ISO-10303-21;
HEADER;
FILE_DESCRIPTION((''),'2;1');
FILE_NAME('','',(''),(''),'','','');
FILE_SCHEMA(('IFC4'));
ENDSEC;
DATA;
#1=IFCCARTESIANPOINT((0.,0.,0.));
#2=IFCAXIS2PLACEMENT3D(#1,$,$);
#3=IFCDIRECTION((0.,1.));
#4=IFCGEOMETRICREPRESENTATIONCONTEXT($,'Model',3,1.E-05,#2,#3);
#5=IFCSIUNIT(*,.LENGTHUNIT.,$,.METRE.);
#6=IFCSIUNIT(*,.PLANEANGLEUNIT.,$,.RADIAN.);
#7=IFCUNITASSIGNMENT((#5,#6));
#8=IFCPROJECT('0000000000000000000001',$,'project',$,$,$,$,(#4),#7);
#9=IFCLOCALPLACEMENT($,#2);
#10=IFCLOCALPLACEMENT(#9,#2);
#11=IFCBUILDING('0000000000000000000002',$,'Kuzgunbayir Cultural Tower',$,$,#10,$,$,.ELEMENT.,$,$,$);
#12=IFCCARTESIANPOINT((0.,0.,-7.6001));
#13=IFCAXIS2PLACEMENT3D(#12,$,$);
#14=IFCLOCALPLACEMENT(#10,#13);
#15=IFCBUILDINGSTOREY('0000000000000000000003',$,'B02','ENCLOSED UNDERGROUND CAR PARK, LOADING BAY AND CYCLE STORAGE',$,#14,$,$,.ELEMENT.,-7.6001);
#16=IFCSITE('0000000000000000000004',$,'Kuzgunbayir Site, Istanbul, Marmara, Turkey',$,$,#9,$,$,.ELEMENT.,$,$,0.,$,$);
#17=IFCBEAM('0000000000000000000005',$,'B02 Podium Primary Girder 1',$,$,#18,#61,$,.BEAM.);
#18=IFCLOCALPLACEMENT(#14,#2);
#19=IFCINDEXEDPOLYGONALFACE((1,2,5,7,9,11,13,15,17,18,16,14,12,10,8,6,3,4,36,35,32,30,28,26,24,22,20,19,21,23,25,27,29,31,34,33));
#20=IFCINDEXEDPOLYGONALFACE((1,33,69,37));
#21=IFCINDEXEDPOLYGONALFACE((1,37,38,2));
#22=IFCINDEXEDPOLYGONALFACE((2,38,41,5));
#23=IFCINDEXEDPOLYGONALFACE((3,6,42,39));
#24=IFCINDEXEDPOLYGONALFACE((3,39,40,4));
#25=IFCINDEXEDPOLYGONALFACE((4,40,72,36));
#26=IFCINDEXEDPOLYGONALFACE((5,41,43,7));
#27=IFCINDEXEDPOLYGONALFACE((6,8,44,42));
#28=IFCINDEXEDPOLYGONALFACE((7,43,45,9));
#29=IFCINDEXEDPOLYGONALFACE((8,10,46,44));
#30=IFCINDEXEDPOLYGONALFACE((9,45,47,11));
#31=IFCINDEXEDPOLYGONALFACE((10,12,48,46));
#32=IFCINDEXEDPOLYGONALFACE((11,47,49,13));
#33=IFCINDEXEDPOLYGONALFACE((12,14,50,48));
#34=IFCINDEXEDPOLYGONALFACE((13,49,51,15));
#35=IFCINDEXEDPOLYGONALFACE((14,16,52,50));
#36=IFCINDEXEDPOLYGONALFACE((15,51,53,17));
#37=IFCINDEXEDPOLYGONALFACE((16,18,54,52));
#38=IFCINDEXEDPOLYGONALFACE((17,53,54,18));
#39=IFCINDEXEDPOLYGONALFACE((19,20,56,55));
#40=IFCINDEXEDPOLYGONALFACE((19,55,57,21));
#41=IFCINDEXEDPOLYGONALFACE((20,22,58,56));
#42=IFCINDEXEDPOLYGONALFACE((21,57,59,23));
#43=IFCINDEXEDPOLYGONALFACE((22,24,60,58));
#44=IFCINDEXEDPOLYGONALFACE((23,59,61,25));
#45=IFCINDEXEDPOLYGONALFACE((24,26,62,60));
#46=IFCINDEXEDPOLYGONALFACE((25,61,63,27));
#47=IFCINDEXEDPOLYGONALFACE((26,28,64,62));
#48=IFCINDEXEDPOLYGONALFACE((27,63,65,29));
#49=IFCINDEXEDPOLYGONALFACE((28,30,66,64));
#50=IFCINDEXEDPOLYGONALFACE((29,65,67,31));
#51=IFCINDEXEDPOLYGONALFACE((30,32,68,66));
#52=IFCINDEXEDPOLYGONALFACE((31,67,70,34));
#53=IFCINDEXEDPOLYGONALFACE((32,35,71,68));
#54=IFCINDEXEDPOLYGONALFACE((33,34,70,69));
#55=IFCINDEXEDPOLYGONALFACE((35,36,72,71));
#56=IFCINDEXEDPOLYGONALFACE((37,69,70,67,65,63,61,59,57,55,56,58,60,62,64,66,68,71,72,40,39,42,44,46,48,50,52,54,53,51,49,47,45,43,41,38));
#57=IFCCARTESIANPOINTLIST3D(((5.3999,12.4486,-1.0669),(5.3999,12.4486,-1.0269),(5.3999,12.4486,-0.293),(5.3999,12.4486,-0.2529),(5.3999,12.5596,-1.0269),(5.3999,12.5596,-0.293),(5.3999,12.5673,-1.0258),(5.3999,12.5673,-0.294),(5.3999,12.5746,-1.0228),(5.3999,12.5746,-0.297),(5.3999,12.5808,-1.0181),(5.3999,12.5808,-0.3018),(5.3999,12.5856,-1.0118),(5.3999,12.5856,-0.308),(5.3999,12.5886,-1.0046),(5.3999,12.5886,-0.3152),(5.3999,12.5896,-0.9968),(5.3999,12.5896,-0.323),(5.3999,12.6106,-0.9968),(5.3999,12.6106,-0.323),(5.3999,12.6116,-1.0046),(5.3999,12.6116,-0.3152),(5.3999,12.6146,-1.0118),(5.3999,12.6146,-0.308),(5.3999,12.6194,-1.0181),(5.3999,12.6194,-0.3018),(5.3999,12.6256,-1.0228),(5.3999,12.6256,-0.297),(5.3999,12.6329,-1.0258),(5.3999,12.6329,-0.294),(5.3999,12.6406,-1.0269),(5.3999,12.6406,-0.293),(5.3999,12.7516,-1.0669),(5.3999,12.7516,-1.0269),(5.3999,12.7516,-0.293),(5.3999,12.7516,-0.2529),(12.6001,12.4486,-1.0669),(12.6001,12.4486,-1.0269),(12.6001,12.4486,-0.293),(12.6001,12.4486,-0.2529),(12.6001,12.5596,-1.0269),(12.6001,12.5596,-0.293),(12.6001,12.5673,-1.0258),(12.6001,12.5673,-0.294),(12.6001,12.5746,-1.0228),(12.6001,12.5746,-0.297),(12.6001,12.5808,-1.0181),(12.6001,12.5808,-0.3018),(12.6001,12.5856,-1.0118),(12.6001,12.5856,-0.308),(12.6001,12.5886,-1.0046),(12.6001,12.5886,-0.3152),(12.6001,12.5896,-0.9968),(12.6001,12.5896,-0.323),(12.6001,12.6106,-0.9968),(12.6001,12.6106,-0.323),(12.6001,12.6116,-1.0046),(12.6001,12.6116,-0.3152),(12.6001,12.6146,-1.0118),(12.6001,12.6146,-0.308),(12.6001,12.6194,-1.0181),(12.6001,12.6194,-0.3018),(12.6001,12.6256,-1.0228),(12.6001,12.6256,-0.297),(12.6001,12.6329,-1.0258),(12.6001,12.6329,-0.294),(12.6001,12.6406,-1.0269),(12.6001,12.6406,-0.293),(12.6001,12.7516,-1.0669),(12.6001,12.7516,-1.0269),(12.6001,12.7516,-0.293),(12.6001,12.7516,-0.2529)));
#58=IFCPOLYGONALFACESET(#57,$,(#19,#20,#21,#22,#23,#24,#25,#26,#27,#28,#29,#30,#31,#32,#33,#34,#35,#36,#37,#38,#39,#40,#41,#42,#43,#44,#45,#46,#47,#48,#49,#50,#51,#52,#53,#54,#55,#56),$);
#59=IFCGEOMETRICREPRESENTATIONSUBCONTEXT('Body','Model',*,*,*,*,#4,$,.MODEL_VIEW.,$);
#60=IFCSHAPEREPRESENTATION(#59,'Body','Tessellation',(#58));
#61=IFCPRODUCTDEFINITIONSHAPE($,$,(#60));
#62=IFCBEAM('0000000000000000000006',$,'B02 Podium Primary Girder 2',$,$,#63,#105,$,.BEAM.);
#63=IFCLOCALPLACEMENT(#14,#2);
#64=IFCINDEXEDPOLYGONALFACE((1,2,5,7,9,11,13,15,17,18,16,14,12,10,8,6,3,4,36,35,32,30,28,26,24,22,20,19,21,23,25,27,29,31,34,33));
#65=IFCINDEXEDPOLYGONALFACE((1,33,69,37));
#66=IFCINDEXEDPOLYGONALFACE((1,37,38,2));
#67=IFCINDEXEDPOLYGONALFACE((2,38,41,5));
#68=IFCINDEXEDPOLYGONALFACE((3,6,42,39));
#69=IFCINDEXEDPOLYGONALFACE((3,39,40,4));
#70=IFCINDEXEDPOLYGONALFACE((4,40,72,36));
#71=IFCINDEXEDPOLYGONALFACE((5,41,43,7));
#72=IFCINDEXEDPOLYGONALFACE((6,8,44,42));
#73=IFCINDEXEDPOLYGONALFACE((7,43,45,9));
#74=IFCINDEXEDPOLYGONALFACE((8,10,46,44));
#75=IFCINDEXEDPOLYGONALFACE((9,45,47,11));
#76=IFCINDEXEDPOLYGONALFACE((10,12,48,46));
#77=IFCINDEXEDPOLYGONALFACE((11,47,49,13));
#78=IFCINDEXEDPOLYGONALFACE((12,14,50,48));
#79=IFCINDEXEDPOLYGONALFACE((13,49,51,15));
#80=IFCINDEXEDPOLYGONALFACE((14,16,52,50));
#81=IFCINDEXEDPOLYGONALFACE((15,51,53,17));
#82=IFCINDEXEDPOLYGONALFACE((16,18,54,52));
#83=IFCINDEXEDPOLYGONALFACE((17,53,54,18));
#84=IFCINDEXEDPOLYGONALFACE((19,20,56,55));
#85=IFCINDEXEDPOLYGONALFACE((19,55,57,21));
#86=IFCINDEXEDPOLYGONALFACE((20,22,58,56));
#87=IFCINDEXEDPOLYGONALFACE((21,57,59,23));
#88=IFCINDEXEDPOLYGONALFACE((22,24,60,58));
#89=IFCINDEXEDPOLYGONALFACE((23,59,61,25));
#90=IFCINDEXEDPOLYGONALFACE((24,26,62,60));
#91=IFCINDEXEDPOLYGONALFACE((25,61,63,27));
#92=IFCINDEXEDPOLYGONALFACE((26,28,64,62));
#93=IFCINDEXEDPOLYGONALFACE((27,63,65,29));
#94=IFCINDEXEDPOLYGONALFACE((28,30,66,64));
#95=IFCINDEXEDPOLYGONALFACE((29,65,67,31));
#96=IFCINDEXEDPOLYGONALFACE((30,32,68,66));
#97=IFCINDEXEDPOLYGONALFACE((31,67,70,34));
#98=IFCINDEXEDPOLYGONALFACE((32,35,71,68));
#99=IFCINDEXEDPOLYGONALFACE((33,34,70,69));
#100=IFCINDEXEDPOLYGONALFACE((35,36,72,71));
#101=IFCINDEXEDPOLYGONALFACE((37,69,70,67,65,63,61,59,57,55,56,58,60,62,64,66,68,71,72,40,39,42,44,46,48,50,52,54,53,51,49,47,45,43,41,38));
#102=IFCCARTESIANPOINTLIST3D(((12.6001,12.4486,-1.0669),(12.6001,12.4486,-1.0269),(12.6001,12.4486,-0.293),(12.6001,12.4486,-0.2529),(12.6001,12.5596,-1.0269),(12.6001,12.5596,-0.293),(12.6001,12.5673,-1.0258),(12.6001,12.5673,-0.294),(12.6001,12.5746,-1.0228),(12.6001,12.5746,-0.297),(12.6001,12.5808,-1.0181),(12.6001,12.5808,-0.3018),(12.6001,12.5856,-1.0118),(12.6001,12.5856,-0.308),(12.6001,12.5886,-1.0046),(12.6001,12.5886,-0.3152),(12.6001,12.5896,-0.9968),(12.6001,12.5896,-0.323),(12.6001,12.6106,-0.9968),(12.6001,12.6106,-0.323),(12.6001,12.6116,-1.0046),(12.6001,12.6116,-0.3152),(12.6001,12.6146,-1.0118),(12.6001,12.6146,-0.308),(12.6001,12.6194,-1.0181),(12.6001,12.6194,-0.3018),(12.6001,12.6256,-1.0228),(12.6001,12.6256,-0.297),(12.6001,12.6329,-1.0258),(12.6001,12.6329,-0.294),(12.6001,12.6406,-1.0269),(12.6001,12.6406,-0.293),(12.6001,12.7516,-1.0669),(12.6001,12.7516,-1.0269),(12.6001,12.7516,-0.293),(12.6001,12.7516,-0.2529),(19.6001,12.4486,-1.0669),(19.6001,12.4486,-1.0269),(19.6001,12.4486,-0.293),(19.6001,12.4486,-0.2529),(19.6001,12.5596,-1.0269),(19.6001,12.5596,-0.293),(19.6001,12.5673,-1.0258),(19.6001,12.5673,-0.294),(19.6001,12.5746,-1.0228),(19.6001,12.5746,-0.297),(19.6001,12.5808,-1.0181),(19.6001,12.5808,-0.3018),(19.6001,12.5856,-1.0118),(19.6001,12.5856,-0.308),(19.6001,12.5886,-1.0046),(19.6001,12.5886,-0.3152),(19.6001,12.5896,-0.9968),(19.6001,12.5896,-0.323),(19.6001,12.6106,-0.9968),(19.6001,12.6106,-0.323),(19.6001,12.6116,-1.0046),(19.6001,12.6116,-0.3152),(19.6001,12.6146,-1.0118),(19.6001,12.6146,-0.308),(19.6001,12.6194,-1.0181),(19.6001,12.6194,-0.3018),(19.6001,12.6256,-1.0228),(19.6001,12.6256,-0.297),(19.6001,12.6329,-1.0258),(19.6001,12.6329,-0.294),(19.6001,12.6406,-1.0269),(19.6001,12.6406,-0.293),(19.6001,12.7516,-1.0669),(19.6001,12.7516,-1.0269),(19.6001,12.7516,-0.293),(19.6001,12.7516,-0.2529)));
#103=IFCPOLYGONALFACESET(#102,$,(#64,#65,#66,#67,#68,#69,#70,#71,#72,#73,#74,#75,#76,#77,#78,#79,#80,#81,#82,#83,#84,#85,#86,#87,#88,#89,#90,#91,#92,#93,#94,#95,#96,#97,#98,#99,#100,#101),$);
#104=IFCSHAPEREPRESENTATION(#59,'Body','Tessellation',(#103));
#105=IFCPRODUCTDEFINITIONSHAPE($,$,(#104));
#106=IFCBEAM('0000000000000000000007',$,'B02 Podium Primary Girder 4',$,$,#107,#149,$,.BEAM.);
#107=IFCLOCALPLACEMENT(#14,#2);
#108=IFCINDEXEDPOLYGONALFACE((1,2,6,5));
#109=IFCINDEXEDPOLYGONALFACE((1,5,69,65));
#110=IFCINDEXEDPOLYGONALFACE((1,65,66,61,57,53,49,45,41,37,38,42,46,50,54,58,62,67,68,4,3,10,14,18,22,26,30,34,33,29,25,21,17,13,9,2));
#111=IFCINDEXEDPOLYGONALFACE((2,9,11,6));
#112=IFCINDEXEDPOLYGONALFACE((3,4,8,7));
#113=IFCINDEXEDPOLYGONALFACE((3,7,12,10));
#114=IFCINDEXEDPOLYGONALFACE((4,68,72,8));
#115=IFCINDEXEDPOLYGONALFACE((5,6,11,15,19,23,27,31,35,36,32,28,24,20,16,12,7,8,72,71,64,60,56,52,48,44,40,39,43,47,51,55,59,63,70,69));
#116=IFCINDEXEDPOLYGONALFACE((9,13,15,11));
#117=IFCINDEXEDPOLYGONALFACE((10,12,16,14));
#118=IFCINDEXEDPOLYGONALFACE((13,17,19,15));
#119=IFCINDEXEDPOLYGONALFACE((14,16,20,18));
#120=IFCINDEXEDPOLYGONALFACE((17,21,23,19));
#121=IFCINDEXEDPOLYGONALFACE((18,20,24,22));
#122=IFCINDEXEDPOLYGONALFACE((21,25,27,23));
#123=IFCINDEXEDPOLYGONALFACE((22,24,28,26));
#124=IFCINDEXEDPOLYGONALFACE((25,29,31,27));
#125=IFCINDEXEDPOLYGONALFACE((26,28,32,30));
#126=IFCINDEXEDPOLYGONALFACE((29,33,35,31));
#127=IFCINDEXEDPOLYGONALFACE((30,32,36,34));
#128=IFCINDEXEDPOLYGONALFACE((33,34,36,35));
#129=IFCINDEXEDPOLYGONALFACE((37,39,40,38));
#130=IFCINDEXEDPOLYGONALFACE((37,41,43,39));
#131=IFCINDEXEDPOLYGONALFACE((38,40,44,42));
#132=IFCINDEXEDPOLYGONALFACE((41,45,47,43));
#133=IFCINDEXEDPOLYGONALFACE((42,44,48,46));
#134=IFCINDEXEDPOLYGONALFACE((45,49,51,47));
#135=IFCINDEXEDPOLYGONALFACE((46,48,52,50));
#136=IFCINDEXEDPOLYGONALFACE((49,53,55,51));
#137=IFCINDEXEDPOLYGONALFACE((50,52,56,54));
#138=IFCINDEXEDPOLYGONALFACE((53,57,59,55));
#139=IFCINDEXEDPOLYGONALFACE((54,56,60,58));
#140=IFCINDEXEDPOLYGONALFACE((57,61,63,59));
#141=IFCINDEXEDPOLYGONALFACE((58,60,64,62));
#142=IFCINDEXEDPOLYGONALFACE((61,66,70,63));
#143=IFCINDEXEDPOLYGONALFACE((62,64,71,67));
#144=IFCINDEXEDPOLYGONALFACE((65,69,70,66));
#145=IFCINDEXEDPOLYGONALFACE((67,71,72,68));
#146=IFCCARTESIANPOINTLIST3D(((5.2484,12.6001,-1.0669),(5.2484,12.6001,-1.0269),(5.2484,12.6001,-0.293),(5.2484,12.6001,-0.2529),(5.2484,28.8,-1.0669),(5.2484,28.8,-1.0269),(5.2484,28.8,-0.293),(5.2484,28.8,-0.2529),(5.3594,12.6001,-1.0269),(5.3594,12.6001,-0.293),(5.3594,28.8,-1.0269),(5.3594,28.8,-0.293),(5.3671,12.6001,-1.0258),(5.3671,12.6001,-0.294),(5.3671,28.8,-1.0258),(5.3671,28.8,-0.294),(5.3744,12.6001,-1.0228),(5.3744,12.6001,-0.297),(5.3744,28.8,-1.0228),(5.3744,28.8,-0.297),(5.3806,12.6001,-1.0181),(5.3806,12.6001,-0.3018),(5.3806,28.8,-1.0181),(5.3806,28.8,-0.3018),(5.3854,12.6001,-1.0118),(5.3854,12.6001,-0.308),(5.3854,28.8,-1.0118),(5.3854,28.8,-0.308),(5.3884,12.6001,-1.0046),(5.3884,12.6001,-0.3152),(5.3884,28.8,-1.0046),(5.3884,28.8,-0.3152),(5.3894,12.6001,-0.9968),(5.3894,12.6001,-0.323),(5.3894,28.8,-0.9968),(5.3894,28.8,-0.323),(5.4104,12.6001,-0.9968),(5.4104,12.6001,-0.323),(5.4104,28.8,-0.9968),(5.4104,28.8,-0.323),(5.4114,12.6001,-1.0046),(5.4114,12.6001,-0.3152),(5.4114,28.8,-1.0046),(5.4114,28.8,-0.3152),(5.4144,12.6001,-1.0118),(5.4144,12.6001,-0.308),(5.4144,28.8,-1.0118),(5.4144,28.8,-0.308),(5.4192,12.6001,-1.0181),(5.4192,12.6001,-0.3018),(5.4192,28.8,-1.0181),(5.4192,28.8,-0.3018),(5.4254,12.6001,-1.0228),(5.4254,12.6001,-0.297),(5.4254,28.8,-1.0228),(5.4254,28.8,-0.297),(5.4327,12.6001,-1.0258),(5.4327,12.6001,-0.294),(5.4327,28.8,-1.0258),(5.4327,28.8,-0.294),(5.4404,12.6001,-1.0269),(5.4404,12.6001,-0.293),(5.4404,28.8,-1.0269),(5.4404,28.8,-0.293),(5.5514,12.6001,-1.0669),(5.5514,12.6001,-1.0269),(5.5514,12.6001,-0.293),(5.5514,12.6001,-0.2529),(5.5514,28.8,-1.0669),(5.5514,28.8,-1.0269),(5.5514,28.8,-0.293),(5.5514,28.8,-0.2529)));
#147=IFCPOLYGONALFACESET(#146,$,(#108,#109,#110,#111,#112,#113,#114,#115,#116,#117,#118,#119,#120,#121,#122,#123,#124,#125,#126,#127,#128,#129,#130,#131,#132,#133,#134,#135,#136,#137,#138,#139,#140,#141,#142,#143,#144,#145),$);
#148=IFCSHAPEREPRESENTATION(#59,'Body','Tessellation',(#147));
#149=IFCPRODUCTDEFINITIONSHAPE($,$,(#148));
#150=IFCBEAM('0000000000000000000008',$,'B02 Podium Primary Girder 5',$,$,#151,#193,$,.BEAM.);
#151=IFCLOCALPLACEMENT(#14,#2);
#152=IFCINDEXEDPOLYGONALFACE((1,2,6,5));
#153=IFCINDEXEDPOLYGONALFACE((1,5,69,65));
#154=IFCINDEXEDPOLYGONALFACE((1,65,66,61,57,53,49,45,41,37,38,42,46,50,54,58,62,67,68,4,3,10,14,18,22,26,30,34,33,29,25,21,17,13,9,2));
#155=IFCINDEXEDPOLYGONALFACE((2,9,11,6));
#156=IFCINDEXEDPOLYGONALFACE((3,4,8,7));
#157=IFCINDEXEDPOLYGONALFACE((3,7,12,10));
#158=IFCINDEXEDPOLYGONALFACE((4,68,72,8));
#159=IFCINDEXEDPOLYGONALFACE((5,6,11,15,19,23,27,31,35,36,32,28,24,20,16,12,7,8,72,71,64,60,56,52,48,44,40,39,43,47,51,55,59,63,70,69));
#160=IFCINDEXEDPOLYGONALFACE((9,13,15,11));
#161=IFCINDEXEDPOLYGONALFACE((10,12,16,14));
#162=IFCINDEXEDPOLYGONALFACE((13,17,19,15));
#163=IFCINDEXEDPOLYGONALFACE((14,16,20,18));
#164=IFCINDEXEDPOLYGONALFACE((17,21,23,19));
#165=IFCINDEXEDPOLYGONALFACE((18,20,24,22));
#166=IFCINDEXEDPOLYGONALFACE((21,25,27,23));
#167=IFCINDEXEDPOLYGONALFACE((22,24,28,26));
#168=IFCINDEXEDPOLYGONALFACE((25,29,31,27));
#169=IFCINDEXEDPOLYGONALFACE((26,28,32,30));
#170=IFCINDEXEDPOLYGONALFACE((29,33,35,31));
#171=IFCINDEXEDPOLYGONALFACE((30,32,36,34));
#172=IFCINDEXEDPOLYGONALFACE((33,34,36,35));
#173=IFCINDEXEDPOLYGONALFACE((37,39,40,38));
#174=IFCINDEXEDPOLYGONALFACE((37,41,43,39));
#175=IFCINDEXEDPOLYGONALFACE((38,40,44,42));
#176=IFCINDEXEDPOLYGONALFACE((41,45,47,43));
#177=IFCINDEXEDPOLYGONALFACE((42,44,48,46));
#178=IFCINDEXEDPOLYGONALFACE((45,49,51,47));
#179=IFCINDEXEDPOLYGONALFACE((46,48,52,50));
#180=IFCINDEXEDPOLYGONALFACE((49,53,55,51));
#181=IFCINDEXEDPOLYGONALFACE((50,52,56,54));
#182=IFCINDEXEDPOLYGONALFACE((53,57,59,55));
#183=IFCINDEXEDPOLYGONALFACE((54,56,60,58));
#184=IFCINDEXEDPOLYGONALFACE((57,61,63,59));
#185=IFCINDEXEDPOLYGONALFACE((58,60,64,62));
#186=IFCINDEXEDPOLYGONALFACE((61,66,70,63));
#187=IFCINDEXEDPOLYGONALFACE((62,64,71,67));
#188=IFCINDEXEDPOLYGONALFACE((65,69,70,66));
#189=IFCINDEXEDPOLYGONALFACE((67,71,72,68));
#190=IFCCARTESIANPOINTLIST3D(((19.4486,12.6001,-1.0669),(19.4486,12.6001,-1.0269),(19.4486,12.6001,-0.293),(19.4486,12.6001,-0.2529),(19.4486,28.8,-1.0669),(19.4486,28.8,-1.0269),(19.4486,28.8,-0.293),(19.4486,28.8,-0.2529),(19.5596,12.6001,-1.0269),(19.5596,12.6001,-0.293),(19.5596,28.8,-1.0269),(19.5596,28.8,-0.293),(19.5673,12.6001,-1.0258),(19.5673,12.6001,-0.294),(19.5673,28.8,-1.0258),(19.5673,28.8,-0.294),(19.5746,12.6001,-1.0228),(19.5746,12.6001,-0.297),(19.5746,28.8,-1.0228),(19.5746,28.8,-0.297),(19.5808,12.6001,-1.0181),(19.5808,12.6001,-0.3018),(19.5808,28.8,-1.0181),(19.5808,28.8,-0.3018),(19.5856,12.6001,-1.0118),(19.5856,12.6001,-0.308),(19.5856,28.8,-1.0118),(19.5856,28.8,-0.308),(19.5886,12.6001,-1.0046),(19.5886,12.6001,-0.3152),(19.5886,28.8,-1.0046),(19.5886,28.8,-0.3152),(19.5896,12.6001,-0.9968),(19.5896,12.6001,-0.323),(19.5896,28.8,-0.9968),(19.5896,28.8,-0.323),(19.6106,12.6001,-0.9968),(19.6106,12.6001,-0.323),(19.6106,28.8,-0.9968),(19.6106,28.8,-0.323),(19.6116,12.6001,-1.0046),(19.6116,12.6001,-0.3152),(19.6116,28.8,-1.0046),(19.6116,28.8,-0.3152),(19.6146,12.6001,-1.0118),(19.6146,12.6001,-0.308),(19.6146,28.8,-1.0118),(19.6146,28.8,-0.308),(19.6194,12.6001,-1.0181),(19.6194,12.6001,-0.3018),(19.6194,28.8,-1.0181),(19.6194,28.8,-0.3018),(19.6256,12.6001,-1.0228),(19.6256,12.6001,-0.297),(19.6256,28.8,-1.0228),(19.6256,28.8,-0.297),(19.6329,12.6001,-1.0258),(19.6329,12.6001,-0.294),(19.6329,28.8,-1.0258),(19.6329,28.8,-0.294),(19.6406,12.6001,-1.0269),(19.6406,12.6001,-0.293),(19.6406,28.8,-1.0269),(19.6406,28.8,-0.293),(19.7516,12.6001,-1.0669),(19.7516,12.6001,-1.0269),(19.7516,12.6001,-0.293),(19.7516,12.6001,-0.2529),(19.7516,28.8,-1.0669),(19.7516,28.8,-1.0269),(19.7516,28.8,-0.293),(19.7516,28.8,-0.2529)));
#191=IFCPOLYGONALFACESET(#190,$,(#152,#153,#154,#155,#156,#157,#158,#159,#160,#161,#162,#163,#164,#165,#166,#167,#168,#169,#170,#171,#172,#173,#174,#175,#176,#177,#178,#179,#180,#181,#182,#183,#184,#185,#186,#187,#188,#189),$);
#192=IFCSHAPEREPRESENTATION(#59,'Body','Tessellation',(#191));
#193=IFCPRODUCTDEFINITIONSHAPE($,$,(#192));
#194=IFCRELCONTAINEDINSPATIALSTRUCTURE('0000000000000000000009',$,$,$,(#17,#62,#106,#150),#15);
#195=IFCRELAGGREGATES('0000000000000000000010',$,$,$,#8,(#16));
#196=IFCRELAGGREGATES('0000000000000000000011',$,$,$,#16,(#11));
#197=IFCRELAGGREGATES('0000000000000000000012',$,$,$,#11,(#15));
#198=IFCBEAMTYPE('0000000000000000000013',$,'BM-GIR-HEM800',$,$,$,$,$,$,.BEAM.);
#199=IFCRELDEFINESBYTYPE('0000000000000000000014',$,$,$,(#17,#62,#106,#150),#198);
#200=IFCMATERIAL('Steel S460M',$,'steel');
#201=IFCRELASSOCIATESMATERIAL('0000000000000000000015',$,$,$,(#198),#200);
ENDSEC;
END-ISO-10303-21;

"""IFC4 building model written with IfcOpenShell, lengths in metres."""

from ifc_helpers import new_model, si_unit, direction, frame, origin, origin_2d, place, context, subcontext, project, spatial, i_section, extrude, material, material_profile, profile_set, type_object, element, save


model = new_model("IFC4")

# Units and contexts
model_context = context("Model", 3, precision=1e-05, world=origin(), true_north=direction((0.0, 1.0)))
body_context = subcontext(model_context, "Body", "Model", "MODEL_VIEW")
ifc_project = project(units=[si_unit("LENGTHUNIT", "METRE"), si_unit("PLANEANGLEUNIT", "RADIAN")], contexts=[model_context])

# Site, building, storey
site_placement = place(None, origin())
site = spatial("IfcSite", under=ifc_project, at=site_placement, Name="Kuzgunbayir Site, Istanbul, Marmara, Turkey", CompositionType="ELEMENT", RefElevation=0.0)
building_placement = place(site_placement, origin())
building = spatial("IfcBuilding", under=site, at=building_placement, Name="Kuzgunbayir Cultural Tower", CompositionType="ELEMENT")
storey_placement = place(building_placement, frame((0.0, 0.0, -7.6001)))
storey = spatial("IfcBuildingStorey", under=building, at=storey_placement, Name="B02", Description="ENCLOSED UNDERGROUND CAR PARK, LOADING BAY AND CYCLE STORAGE", CompositionType="ELEMENT", Elevation=-7.6001)

# Beams
ifc_material_1 = material(Name="Steel S460M", Category="steel")
ifc_material_profile_1 = material_profile(ifc_material_1, i_section(OverallWidth=0.303, OverallDepth=0.814, WebThickness=0.021, FlangeThickness=0.04, FilletRadius=0.03, at=origin_2d()), Name="HEM 800")
ifc_profile_set_1 = profile_set([ifc_material_profile_1], Name="Steel S460M")
beam_type_1 = type_object("IfcBeamType", Name="BM-GIR-HEM800", PredefinedType="BEAM", material=ifc_profile_set_1)
beam_1_placement = place(storey_placement, frame((5.3999, 12.6001, -0.6599), z_axis=(1.0, 0.0, 0.0), x_axis=(0.0, 1.0, 0.0)))
element("IfcBeam", 1, at=beam_1_placement, inside=storey, type_object=beam_type_1, Name="B02 Podium Primary Girder 1", PredefinedType="BEAM", context=body_context, shape_type="SweptSolid", body=[
    extrude(i_section(OverallWidth=0.303, OverallDepth=0.814, WebThickness=0.021, FlangeThickness=0.04, FilletRadius=0.03, at=origin_2d()), origin(), (0.0, 0.0, 1.0), 7.2002),
])
beam_2_placement = place(storey_placement, frame((12.6001, 12.6001, -0.6599), z_axis=(1.0, 0.0, 0.0), x_axis=(0.0, 1.0, 0.0)))
element("IfcBeam", 2, at=beam_2_placement, inside=storey, type_object=beam_type_1, Name="B02 Podium Primary Girder 2", PredefinedType="BEAM", context=body_context, shape_type="SweptSolid", body=[
    extrude(i_section(OverallWidth=0.303, OverallDepth=0.814, WebThickness=0.021, FlangeThickness=0.04, FilletRadius=0.03, at=origin_2d()), origin(), (0.0, 0.0, 1.0), 7.0),
])
for number, where, z_axis, x_axis, name in (
    (3, (5.3999, 12.6001, -0.6599), (0.0, 1.0, 0.0), (-1.0, 0.0, 0.0), "B02 Podium Primary Girder 4"),
    (4, (19.6001, 12.6001, -0.6599), (0.0, 1.0, 0.0), (-1.0, 0.0, 0.0), "B02 Podium Primary Girder 5"),
):
    element("IfcBeam", number, at=place(storey_placement, frame(where, z_axis=z_axis, x_axis=x_axis)), inside=storey, type_object=beam_type_1, Name=name, PredefinedType="BEAM", context=body_context, shape_type="SweptSolid", body=[
        extrude(i_section(OverallWidth=0.303, OverallDepth=0.814, WebThickness=0.021, FlangeThickness=0.04, FilletRadius=0.03, at=origin_2d()), origin(), (0.0, 0.0, 1.0), 16.2),
    ])

save(model, "model.ifc")
